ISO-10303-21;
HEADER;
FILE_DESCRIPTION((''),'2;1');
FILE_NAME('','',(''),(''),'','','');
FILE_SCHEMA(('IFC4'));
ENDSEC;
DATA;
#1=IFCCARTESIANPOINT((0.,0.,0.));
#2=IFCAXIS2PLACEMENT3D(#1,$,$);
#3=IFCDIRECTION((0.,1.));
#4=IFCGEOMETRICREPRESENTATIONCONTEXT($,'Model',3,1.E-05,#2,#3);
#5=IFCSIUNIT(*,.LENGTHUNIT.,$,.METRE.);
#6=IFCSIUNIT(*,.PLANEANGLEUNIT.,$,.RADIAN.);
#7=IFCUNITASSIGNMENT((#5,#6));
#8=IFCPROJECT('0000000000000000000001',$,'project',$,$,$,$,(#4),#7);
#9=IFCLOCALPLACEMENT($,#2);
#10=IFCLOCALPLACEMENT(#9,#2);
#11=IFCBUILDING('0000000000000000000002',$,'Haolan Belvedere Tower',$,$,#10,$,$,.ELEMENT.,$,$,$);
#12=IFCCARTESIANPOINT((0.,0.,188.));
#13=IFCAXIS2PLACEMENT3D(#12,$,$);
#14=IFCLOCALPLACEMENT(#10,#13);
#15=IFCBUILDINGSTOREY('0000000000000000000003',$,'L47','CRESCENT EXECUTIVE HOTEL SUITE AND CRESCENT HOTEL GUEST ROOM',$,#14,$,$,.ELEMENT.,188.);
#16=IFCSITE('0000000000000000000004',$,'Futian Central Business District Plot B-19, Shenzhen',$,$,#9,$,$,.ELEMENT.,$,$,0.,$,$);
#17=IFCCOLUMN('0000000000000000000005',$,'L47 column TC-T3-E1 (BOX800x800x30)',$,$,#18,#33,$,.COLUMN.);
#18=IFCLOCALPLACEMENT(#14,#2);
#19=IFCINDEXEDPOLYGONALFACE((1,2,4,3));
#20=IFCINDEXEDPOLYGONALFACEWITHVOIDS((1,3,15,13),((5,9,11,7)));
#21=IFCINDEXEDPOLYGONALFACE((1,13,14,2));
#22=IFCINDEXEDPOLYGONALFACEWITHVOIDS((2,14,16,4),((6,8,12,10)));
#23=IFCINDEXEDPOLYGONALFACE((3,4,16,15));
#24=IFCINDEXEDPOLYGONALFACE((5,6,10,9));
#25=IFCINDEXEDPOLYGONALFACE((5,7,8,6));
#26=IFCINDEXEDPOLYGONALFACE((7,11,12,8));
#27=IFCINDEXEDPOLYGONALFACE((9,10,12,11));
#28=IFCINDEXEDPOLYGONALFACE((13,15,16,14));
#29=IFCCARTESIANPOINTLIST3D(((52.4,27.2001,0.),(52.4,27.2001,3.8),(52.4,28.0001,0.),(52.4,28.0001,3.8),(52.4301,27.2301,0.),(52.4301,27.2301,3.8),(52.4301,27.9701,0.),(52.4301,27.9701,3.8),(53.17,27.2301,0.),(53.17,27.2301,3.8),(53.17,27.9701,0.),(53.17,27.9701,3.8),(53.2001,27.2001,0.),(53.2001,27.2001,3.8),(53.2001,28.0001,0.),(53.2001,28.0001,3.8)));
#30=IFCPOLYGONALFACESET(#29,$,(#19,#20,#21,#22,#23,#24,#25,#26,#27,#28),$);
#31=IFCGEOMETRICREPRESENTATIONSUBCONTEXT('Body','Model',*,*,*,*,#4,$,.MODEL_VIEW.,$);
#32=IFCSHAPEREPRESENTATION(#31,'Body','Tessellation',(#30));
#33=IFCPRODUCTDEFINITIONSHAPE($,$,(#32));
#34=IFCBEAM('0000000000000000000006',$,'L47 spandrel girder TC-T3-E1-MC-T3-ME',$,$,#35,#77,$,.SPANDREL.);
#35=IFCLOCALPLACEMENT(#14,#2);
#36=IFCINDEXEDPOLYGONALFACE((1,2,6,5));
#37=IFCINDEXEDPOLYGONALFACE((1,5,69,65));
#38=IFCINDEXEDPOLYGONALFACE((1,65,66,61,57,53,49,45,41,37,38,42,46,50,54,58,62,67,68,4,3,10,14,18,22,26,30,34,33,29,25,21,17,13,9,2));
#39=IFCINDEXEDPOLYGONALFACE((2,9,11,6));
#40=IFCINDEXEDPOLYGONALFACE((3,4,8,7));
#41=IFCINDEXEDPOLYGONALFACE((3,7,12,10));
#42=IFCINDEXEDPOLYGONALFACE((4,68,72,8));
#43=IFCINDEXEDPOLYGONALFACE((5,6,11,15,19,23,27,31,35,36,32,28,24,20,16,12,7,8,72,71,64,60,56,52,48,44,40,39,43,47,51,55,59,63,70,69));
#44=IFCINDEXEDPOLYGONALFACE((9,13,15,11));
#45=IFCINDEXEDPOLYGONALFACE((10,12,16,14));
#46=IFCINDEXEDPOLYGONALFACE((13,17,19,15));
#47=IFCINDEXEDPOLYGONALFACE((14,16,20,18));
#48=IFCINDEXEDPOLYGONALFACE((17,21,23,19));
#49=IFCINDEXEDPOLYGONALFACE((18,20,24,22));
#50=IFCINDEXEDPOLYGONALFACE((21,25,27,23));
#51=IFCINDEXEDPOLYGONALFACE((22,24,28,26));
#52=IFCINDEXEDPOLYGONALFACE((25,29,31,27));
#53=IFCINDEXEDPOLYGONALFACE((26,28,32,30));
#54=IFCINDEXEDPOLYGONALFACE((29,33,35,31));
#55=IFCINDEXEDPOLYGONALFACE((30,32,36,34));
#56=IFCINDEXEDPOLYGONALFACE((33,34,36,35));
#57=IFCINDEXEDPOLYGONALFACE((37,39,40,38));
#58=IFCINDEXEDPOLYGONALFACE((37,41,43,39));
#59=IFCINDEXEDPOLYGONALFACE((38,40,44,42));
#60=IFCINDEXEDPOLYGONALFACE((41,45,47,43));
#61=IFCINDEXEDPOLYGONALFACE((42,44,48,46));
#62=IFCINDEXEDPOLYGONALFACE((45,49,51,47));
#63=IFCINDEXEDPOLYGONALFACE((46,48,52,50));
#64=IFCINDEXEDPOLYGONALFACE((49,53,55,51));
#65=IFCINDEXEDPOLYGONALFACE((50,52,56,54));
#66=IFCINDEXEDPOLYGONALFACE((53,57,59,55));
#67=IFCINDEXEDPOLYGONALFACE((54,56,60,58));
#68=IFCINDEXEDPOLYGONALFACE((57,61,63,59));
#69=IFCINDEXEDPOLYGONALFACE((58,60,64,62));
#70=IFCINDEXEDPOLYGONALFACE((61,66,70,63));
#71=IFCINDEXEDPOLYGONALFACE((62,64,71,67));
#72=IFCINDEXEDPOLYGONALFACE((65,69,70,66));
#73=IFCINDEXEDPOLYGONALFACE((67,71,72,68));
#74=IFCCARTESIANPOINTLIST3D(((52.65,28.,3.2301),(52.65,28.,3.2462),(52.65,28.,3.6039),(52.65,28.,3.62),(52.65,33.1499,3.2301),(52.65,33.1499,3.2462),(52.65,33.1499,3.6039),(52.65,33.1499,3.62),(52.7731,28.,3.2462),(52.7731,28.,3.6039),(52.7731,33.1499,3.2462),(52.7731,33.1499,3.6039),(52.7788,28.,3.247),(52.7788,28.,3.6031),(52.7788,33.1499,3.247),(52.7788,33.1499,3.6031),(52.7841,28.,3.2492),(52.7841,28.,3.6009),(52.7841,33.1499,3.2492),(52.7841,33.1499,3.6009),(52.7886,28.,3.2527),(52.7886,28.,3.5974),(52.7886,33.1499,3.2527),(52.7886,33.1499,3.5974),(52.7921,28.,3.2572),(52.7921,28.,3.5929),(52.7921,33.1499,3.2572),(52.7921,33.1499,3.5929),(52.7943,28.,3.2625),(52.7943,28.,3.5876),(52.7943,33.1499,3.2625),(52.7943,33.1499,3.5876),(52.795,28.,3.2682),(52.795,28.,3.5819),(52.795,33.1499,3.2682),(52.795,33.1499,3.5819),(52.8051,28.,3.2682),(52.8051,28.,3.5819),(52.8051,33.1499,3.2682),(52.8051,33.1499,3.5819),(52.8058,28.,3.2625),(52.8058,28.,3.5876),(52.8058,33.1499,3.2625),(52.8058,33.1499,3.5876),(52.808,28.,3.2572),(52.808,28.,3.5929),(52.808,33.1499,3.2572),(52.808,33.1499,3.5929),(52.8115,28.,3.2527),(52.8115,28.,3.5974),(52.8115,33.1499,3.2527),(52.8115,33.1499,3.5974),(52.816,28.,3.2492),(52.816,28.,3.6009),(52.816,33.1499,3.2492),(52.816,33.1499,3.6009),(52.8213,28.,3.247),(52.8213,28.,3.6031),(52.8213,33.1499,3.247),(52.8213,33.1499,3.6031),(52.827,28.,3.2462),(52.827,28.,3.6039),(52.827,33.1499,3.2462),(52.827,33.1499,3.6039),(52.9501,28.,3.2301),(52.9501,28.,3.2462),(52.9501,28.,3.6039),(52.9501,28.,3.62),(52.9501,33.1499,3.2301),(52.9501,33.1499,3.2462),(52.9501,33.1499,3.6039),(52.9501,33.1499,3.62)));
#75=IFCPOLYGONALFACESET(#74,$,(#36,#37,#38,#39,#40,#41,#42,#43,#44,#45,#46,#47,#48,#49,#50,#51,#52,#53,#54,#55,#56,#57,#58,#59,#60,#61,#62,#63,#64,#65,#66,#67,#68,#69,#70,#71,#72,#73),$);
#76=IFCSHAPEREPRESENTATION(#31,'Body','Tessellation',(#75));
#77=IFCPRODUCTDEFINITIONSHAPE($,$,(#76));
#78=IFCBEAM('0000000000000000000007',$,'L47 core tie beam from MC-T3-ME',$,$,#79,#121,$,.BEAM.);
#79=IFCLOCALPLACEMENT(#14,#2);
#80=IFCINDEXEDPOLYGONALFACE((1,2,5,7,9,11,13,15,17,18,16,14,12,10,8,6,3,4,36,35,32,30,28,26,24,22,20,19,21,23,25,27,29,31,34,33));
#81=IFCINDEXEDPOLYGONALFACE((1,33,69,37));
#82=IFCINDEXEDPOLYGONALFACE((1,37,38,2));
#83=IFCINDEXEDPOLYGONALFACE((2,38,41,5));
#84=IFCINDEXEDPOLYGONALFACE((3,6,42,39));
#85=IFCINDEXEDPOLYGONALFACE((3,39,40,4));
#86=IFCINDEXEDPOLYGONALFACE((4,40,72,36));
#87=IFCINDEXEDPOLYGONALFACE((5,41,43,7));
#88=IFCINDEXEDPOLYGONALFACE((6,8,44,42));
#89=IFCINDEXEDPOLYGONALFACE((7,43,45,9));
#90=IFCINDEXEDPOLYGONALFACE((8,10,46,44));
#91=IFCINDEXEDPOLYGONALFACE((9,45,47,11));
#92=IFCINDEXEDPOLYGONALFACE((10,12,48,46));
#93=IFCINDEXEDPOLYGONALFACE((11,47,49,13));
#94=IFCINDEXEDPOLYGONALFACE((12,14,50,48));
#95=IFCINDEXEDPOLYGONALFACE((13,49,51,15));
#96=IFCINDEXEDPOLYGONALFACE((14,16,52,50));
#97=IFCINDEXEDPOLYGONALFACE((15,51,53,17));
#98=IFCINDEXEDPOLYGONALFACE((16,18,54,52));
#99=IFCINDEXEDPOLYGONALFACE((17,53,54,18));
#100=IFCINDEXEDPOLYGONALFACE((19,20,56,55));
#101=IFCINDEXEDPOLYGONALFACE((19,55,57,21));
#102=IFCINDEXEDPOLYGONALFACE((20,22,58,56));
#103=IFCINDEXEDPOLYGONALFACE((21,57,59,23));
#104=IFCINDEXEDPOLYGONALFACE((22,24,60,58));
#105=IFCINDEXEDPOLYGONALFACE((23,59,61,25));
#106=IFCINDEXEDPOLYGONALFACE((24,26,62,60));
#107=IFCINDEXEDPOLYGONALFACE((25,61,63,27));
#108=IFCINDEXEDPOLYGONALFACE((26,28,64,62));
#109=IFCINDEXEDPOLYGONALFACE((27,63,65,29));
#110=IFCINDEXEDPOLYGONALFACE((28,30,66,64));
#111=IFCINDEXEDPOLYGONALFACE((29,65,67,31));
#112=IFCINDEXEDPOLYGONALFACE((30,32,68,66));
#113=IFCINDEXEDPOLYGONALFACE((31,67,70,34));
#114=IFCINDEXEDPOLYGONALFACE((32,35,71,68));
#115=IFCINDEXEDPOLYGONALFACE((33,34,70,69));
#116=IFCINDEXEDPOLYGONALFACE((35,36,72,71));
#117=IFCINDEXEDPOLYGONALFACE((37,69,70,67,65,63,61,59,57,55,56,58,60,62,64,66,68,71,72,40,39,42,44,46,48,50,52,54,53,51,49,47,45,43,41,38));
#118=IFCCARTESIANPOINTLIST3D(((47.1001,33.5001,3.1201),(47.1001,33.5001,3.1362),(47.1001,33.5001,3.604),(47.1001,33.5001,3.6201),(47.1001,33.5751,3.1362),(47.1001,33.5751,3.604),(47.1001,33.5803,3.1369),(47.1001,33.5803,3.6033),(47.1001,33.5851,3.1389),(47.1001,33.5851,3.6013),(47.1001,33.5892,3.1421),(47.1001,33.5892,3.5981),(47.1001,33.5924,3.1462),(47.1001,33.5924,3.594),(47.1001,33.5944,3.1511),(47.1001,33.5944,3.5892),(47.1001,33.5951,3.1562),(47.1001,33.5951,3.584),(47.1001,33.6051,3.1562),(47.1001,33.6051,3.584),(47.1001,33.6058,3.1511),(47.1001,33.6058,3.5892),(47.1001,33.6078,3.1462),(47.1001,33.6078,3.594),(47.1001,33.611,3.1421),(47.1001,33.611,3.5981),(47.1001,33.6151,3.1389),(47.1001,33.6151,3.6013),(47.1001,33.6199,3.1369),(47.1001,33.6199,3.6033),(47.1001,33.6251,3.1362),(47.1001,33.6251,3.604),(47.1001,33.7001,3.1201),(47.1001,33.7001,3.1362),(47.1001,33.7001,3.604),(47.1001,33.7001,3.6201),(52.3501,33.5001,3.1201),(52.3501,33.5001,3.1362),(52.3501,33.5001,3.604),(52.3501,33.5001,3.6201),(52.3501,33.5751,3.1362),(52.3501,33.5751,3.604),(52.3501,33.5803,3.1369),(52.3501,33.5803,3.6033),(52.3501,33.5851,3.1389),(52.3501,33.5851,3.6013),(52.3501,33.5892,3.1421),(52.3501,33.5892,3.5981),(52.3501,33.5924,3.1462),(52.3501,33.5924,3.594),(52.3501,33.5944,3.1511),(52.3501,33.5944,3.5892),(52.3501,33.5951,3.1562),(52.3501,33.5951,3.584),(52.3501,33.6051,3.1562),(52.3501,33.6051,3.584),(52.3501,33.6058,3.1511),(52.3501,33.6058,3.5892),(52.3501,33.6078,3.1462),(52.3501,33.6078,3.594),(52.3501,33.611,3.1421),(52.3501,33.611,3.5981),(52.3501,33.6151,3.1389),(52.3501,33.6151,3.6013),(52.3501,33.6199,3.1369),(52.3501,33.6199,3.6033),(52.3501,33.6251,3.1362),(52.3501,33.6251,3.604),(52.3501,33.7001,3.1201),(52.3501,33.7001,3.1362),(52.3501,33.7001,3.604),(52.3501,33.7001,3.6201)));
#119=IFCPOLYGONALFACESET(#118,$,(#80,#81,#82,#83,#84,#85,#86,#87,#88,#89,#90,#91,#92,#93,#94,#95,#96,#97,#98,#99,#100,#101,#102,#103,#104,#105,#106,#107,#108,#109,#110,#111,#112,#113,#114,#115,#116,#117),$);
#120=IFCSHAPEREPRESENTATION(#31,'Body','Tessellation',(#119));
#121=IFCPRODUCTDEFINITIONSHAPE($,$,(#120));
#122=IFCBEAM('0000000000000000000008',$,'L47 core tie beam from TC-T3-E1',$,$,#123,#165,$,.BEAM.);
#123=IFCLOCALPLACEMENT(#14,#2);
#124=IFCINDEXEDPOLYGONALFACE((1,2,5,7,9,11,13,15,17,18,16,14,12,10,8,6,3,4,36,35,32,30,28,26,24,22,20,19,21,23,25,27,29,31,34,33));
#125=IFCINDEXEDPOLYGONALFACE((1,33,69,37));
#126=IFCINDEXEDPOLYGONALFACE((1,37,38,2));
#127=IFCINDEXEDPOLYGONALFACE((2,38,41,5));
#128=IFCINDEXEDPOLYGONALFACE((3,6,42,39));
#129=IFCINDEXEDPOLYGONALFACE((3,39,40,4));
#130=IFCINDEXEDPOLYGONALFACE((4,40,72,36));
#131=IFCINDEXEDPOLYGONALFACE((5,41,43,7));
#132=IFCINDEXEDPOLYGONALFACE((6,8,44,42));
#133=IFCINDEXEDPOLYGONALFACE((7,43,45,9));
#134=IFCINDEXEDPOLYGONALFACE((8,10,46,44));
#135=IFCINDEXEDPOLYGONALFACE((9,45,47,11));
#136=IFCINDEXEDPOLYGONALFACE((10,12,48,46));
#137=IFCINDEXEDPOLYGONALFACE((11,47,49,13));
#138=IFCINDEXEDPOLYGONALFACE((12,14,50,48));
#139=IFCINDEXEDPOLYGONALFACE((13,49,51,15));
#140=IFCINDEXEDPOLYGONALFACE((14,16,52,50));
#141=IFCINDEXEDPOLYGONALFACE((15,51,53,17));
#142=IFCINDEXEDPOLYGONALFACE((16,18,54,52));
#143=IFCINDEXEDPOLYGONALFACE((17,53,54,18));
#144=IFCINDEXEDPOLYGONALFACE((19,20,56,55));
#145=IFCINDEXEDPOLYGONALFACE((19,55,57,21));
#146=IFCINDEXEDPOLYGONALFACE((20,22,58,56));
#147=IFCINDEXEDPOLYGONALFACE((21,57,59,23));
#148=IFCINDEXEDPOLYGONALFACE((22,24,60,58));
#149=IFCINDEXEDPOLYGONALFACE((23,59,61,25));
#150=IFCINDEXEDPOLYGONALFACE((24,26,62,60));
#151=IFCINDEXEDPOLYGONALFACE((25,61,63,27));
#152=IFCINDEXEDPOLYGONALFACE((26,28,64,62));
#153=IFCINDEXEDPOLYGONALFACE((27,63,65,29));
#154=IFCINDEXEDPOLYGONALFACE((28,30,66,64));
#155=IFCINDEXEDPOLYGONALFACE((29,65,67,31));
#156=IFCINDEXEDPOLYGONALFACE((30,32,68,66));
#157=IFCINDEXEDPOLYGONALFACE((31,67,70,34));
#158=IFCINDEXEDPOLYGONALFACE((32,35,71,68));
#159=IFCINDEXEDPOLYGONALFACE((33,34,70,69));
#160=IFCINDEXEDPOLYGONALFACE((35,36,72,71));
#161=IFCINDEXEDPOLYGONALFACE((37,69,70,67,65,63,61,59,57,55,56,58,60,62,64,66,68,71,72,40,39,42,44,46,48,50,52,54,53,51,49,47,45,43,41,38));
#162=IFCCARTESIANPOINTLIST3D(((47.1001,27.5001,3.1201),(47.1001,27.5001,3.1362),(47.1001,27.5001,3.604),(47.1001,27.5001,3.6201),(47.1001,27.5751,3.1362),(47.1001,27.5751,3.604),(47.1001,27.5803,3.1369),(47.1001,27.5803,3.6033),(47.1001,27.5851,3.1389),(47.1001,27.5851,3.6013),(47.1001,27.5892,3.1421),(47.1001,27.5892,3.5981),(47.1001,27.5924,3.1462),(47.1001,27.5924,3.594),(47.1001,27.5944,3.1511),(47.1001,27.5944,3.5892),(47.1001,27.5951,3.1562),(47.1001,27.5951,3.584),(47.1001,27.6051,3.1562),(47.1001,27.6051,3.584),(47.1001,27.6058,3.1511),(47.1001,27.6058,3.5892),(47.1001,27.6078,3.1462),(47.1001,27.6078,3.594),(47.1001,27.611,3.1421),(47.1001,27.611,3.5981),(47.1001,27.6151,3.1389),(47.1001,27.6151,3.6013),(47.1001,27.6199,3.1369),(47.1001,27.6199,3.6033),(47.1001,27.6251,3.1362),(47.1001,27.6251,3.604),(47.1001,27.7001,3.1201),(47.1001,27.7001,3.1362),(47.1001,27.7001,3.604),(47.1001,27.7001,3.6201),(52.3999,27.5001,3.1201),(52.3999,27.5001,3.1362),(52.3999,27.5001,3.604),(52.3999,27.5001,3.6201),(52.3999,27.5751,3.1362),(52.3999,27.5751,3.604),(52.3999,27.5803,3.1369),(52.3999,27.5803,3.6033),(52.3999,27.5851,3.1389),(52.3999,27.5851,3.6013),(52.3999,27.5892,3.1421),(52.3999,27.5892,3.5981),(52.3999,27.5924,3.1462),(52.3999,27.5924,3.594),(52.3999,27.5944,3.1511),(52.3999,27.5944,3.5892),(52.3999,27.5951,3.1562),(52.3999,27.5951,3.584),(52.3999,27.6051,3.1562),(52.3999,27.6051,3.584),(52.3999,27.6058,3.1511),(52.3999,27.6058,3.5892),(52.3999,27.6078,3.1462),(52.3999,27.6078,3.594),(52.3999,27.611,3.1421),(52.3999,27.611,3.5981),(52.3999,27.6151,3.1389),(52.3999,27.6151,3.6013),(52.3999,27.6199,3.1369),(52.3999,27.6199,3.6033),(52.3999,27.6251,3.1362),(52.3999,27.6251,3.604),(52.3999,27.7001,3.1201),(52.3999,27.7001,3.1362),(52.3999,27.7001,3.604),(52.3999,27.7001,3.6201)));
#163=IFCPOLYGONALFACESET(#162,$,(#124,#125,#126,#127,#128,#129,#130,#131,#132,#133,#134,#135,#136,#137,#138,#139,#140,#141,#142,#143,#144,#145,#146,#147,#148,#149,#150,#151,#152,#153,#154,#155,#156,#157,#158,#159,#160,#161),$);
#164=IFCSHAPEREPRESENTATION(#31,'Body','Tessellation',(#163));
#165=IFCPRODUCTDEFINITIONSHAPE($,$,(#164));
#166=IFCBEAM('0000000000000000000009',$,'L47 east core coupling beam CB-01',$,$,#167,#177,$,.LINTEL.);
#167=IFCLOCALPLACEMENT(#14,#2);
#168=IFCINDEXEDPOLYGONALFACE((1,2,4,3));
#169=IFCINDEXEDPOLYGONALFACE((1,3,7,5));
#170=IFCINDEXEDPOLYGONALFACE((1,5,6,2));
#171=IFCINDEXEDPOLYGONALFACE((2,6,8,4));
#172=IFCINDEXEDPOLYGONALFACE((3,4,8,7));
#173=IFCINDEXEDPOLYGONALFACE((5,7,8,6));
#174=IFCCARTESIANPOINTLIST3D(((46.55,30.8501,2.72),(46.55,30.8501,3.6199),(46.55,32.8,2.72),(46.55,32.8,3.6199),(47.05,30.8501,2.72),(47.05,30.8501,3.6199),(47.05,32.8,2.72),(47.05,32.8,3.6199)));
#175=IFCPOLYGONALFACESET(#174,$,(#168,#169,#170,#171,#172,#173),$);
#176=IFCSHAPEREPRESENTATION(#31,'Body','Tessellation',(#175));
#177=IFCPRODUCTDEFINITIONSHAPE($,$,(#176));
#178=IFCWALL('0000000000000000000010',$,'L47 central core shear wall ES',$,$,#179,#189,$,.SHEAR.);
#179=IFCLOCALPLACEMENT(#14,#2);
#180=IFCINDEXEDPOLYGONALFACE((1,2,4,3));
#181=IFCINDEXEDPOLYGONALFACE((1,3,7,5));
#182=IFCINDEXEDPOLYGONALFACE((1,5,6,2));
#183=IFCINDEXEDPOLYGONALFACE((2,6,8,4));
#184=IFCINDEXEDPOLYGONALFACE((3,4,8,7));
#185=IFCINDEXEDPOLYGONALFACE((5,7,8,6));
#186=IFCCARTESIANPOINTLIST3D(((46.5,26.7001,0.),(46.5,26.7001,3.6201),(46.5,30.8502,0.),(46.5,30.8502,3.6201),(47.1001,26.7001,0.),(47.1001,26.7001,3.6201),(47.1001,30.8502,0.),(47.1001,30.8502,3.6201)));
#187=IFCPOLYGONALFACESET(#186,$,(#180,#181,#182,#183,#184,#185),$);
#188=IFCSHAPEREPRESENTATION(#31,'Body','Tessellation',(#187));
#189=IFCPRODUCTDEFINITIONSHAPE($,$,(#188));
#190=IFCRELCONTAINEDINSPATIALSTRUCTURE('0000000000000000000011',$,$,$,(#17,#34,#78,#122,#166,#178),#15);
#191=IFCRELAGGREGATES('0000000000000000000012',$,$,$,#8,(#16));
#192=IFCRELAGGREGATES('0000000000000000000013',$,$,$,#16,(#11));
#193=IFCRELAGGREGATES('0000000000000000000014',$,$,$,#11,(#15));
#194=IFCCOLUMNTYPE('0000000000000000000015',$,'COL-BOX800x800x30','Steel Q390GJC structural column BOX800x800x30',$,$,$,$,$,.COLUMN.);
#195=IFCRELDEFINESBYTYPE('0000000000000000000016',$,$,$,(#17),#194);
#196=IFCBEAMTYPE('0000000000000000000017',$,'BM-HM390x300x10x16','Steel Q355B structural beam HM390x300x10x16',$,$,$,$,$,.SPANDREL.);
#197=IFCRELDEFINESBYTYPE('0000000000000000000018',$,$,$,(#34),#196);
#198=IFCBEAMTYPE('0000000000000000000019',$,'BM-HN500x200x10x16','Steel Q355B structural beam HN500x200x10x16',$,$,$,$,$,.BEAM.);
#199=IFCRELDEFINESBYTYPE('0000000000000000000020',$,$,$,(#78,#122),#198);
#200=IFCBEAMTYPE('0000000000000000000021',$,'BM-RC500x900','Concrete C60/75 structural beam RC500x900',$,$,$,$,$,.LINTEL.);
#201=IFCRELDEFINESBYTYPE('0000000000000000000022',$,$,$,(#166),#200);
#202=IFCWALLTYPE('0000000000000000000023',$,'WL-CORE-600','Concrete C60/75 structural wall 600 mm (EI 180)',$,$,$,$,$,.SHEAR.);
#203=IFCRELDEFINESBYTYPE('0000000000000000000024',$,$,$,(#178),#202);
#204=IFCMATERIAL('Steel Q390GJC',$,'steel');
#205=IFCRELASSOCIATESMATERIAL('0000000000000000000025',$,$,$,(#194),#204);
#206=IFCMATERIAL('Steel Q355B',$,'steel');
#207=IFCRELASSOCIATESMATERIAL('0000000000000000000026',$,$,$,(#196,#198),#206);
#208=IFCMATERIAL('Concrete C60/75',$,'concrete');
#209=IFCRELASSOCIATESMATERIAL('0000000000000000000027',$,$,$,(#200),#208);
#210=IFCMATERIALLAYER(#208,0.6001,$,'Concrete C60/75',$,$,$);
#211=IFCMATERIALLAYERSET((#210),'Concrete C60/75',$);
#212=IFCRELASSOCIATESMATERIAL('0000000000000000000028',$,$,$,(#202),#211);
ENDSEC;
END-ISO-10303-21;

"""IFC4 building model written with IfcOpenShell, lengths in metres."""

from ifc_helpers import new_model, si_unit, direction, frame, frame_2d, origin, origin_2d, place, context, subcontext, project, spatial, rectangle, hollow_rectangle, i_section, extrude, material, layer, layer_set, material_profile, profile_set, type_object, element, save


model = new_model("IFC4")

# Units and contexts
model_context = context("Model", 3, precision=1e-05, world=origin(), true_north=direction((0.0, 1.0)))
body_context = subcontext(model_context, "Body", "Model", "MODEL_VIEW")
ifc_project = project(units=[si_unit("LENGTHUNIT", "METRE"), si_unit("PLANEANGLEUNIT", "RADIAN")], contexts=[model_context])

# Site, building, storey
site_placement = place(None, origin())
site = spatial("IfcSite", under=ifc_project, at=site_placement, Name="Futian Central Business District Plot B-19, Shenzhen", CompositionType="ELEMENT", RefElevation=0.0)
building_placement = place(site_placement, origin())
building = spatial("IfcBuilding", under=site, at=building_placement, Name="Haolan Belvedere Tower", CompositionType="ELEMENT")
storey_placement = place(building_placement, frame((0.0, 0.0, 188.0)))
storey = spatial("IfcBuildingStorey", under=building, at=storey_placement, Name="L47", Description="CRESCENT EXECUTIVE HOTEL SUITE AND CRESCENT HOTEL GUEST ROOM", CompositionType="ELEMENT", Elevation=188.0)

# Column
ifc_material_1 = material(Name="Steel Q390GJC", Category="steel")
ifc_material_profile_1 = material_profile(ifc_material_1, hollow_rectangle(XDim=0.8, YDim=0.8, WallThickness=0.03, at=origin_2d()), Name="Steel Q390GJC")
ifc_profile_set_1 = profile_set([ifc_material_profile_1], Name="Steel Q390GJC")
column_type = type_object("IfcColumnType", Name="COL-BOX800x800x30", Description="Steel Q390GJC structural column BOX800x800x30", PredefinedType="COLUMN", material=ifc_profile_set_1)
column_placement = place(storey_placement, frame((52.8, 27.6001, 0.0), z_axis=(0.0, 0.0, 1.0), x_axis=(1.0, 0.0, 0.0)))
element("IfcColumn", 1, at=column_placement, inside=storey, type_object=column_type, Name="L47 column TC-T3-E1 (BOX800x800x30)", PredefinedType="COLUMN", context=body_context, shape_type="SweptSolid", body=[
    extrude(hollow_rectangle(XDim=0.8, YDim=0.8, WallThickness=0.03, at=origin_2d()), origin(), (0.0, 0.0, 1.0), 3.8),
])

# Beams
ifc_material_2 = material(Name="Steel Q355B", Category="steel")
ifc_material_profile_2 = material_profile(ifc_material_2, i_section(OverallWidth=0.3, OverallDepth=0.3899, WebThickness=0.01, FlangeThickness=0.0161, FilletRadius=0.022, at=origin_2d()), Name="Steel Q355B")
ifc_profile_set_2 = profile_set([ifc_material_profile_2], Name="Steel Q355B")
beam_type_1 = type_object("IfcBeamType", Name="BM-HM390x300x10x16", Description="Steel Q355B structural beam HM390x300x10x16", PredefinedType="SPANDREL", material=ifc_profile_set_2)
beam_1_placement = place(storey_placement, frame((52.8, 28.0, 3.425), z_axis=(0.0, 1.0, 0.0), x_axis=(-1.0, 0.0, 0.0)))
element("IfcBeam", 2, at=beam_1_placement, inside=storey, type_object=beam_type_1, Name="L47 spandrel girder TC-T3-E1-MC-T3-ME", PredefinedType="SPANDREL", context=body_context, shape_type="SweptSolid", body=[
    extrude(i_section(OverallWidth=0.3, OverallDepth=0.3899, WebThickness=0.01, FlangeThickness=0.0161, FilletRadius=0.022, at=origin_2d()), origin(), (0.0, 0.0, 1.0), 5.1499),
])
ifc_material_profile_3 = material_profile(ifc_material_2, i_section(OverallWidth=0.2, OverallDepth=0.5, WebThickness=0.01, FlangeThickness=0.0161, FilletRadius=0.02, at=origin_2d()), Name="Steel Q355B")
ifc_profile_set_3 = profile_set([ifc_material_profile_3], Name="Steel Q355B")
beam_type_2 = type_object("IfcBeamType", Name="BM-HN500x200x10x16", Description="Steel Q355B structural beam HN500x200x10x16", PredefinedType="BEAM", material=ifc_profile_set_3)
beam_2_placement = place(storey_placement, frame((52.3501, 33.6001, 3.3701), z_axis=(-1.0, 0.0, 0.0), x_axis=(0.0, -1.0, 0.0)))
element("IfcBeam", 3, at=beam_2_placement, inside=storey, type_object=beam_type_2, Name="L47 core tie beam from MC-T3-ME", PredefinedType="BEAM", context=body_context, shape_type="SweptSolid", body=[
    extrude(i_section(OverallWidth=0.2, OverallDepth=0.5, WebThickness=0.01, FlangeThickness=0.0161, FilletRadius=0.02, at=origin_2d()), origin(), (0.0, 0.0, 1.0), 5.25),
])
beam_3_placement = place(storey_placement, frame((52.3999, 27.6001, 3.3701), z_axis=(-1.0, 0.0, 0.0), x_axis=(0.0, -1.0, 0.0)))
element("IfcBeam", 4, at=beam_3_placement, inside=storey, type_object=beam_type_2, Name="L47 core tie beam from TC-T3-E1", PredefinedType="BEAM", context=body_context, shape_type="SweptSolid", body=[
    extrude(i_section(OverallWidth=0.2, OverallDepth=0.5, WebThickness=0.01, FlangeThickness=0.0161, FilletRadius=0.02, at=origin_2d()), origin(), (0.0, 0.0, 1.0), 5.2998),
])
ifc_material_3 = material(Name="Concrete C60/75", Category="concrete")
ifc_material_profile_4 = material_profile(ifc_material_3, rectangle(XDim=0.5, YDim=0.8999, at=origin_2d()), Name="Concrete C60/75")
ifc_profile_set_4 = profile_set([ifc_material_profile_4], Name="Concrete C60/75")
beam_type_3 = type_object("IfcBeamType", Name="BM-RC500x900", Description="Concrete C60/75 structural beam RC500x900", PredefinedType="LINTEL", material=ifc_profile_set_4)
beam_4_placement = place(storey_placement, frame((46.8, 30.8501, 3.1699), z_axis=(0.0, 1.0, 0.0), x_axis=(-1.0, 0.0, 0.0)))
element("IfcBeam", 5, at=beam_4_placement, inside=storey, type_object=beam_type_3, Name="L47 east core coupling beam CB-01", PredefinedType="LINTEL", context=body_context, shape_type="SweptSolid", body=[
    extrude(rectangle(XDim=0.5, YDim=0.8999, at=origin_2d()), origin(), (0.0, 0.0, 1.0), 1.95),
])

# Wall
ifc_layer_1 = layer(ifc_material_3, 0.6001, Name="Concrete C60/75")
ifc_layer_set_1 = layer_set([ifc_layer_1], Name="Concrete C60/75")
wall_type_1 = type_object("IfcWallType", Name="WL-CORE-600", Description="Concrete C60/75 structural wall 600 mm (EI 180)", PredefinedType="SHEAR", material=ifc_layer_set_1)
wall_1_placement = place(storey_placement, frame((46.8, 26.7, 0.0), z_axis=(0.0, 0.0, 1.0), x_axis=(0.0, 1.0, 0.0)))
element("IfcWall", 6, at=wall_1_placement, inside=storey, type_object=wall_type_1, Name="L47 central core shear wall ES", PredefinedType="SHEAR", context=body_context, shape_type="SweptSolid", body=[
    extrude(rectangle(XDim=4.1501, YDim=0.6001, at=frame_2d((2.0752, 0.0))), origin(), (0.0, 0.0, 1.0), 3.6201),
])

save(model, "model.ifc")
